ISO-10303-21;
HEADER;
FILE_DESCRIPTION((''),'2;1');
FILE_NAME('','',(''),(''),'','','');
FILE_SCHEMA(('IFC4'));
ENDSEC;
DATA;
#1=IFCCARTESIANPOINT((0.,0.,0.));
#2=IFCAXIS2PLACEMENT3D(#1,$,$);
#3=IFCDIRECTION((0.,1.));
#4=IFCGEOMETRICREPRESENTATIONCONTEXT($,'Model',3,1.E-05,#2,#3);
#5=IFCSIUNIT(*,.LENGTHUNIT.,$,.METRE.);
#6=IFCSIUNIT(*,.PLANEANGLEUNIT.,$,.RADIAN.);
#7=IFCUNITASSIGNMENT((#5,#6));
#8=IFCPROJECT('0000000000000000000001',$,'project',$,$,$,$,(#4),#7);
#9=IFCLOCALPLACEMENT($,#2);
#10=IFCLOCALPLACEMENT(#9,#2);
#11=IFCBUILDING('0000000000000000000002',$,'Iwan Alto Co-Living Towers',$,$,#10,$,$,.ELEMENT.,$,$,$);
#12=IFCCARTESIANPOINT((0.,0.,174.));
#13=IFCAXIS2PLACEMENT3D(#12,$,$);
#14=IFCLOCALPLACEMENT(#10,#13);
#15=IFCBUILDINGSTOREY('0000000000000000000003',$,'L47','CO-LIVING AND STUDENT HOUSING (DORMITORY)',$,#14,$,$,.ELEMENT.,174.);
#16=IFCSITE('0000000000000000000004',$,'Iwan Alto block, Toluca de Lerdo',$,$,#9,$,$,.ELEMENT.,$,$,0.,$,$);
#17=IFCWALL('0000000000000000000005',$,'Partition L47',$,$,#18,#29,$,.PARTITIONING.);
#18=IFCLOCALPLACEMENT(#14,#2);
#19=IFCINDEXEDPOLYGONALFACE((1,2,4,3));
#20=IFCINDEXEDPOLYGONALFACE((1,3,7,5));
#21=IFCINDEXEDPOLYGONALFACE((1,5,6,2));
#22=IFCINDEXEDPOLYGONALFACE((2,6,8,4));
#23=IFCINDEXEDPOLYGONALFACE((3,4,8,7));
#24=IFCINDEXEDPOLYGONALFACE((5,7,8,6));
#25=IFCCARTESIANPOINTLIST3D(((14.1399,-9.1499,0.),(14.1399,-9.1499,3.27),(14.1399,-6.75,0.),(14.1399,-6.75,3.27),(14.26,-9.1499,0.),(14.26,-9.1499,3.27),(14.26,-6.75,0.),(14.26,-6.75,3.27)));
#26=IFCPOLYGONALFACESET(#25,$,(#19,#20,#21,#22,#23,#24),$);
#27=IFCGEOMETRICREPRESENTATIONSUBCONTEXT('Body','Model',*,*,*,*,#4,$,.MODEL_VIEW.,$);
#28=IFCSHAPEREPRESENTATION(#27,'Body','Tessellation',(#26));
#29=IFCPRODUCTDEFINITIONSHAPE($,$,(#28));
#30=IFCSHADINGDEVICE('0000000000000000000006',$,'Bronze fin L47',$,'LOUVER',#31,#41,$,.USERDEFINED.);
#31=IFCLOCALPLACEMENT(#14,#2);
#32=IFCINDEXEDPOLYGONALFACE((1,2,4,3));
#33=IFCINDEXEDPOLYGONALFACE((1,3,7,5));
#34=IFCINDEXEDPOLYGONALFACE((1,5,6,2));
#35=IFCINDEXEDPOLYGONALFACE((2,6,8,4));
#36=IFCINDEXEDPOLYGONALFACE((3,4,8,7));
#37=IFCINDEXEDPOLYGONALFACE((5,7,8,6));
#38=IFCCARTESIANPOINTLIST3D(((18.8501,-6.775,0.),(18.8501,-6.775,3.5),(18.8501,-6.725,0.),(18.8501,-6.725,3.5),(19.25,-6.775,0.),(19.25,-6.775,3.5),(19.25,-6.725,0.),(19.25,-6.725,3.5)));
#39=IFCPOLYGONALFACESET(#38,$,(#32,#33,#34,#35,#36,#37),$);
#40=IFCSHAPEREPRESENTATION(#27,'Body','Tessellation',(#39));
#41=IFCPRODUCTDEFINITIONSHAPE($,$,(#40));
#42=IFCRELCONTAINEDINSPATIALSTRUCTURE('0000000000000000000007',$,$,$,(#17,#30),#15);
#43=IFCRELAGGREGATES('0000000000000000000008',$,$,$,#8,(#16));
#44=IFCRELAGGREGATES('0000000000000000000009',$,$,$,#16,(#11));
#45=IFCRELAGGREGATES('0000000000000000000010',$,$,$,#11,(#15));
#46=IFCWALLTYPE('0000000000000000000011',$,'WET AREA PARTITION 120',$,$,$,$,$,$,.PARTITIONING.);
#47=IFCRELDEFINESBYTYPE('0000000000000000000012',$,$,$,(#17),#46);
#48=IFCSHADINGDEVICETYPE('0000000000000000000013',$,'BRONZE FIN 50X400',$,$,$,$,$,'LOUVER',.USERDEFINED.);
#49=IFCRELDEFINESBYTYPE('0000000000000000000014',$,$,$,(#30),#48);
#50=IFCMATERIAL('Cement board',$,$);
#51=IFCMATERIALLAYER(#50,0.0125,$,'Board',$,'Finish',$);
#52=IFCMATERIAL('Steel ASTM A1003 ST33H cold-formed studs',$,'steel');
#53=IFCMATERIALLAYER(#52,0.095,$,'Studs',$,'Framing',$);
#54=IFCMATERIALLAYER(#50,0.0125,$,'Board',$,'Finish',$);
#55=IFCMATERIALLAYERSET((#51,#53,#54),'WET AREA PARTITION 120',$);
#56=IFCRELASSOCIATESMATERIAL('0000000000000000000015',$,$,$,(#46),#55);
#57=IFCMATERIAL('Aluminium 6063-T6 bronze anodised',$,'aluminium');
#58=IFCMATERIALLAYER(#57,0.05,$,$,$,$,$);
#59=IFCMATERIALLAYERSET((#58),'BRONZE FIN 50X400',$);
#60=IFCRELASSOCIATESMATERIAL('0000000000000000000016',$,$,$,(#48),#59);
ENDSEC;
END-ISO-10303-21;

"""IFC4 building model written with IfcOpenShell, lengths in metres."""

from ifc_helpers import new_model, si_unit, direction, frame, frame_2d, origin, origin_2d, place, context, subcontext, project, spatial, rectangle, extrude, material, layer, layer_set, type_object, element, save


model = new_model("IFC4")

# Units and contexts
model_context = context("Model", 3, precision=1e-05, world=origin(), true_north=direction((0.0, 1.0)))
body_context = subcontext(model_context, "Body", "Model", "MODEL_VIEW")
ifc_project = project(units=[si_unit("LENGTHUNIT", "METRE"), si_unit("PLANEANGLEUNIT", "RADIAN")], contexts=[model_context])

# Site, building, storey
site_placement = place(None, origin())
site = spatial("IfcSite", under=ifc_project, at=site_placement, Name="Iwan Alto block, Toluca de Lerdo", CompositionType="ELEMENT", RefElevation=0.0)
building_placement = place(site_placement, origin())
building = spatial("IfcBuilding", under=site, at=building_placement, Name="Iwan Alto Co-Living Towers", CompositionType="ELEMENT")
storey_placement = place(building_placement, frame((0.0, 0.0, 174.0)))
storey = spatial("IfcBuildingStorey", under=building, at=storey_placement, Name="L47", Description="CO-LIVING AND STUDENT HOUSING (DORMITORY)", CompositionType="ELEMENT", Elevation=174.0)

# Shared definitions
ifc_material_1 = material(Name="Steel ASTM A1003 ST33H cold-formed studs", Category="steel")

# Wall
ifc_material_2 = material(Name="Cement board")
ifc_layer_1 = layer(ifc_material_2, 0.0125, Name="Board", Category="Finish")
ifc_layer_2 = layer(ifc_material_1, 0.095, Name="Studs", Category="Framing")
ifc_layer_3 = layer(ifc_material_2, 0.0125, Name="Board", Category="Finish")
ifc_layer_set_1 = layer_set([ifc_layer_1, ifc_layer_2, ifc_layer_3], Name="WET AREA PARTITION 120")
wall_type_1 = type_object("IfcWallType", Name="WET AREA PARTITION 120", PredefinedType="PARTITIONING", material=ifc_layer_set_1)
wall_1_placement = place(storey_placement, frame((14.2, -9.1499, 0.0), z_axis=(0.0, 0.0, 1.0), x_axis=(0.0, 1.0, 0.0)))
element("IfcWall", 1, at=wall_1_placement, inside=storey, type_object=wall_type_1, Name="Partition L47", PredefinedType="PARTITIONING", context=body_context, shape_type="SweptSolid", body=[
    extrude(rectangle(XDim=2.3999, YDim=0.1201, at=frame_2d((1.2, 0.0))), origin(), (0.0, 0.0, 1.0), 3.27),
])

# Shading device
ifc_material_3 = material(Name="Aluminium 6063-T6 bronze anodised", Category="aluminium")
ifc_layer_4 = layer(ifc_material_3, 0.05)
ifc_layer_set_2 = layer_set([ifc_layer_4], Name="BRONZE FIN 50X400")
shading_device_type = type_object("IfcShadingDeviceType", Name="BRONZE FIN 50X400", ElementType="LOUVER", PredefinedType="USERDEFINED", material=ifc_layer_set_2)
shading_device_placement = place(storey_placement, frame((19.05, -6.75, 0.0), z_axis=(0.0, 0.0, 1.0), x_axis=(0.0, 1.0, 0.0)))
element("IfcShadingDevice", 2, at=shading_device_placement, inside=storey, type_object=shading_device_type, Name="Bronze fin L47", ObjectType="LOUVER", PredefinedType="USERDEFINED", context=body_context, shape_type="SweptSolid", body=[
    extrude(rectangle(XDim=0.05, YDim=0.3999, at=origin_2d()), origin(), (0.0, 0.0, 1.0), 3.5),
])

save(model, "model.ifc")
